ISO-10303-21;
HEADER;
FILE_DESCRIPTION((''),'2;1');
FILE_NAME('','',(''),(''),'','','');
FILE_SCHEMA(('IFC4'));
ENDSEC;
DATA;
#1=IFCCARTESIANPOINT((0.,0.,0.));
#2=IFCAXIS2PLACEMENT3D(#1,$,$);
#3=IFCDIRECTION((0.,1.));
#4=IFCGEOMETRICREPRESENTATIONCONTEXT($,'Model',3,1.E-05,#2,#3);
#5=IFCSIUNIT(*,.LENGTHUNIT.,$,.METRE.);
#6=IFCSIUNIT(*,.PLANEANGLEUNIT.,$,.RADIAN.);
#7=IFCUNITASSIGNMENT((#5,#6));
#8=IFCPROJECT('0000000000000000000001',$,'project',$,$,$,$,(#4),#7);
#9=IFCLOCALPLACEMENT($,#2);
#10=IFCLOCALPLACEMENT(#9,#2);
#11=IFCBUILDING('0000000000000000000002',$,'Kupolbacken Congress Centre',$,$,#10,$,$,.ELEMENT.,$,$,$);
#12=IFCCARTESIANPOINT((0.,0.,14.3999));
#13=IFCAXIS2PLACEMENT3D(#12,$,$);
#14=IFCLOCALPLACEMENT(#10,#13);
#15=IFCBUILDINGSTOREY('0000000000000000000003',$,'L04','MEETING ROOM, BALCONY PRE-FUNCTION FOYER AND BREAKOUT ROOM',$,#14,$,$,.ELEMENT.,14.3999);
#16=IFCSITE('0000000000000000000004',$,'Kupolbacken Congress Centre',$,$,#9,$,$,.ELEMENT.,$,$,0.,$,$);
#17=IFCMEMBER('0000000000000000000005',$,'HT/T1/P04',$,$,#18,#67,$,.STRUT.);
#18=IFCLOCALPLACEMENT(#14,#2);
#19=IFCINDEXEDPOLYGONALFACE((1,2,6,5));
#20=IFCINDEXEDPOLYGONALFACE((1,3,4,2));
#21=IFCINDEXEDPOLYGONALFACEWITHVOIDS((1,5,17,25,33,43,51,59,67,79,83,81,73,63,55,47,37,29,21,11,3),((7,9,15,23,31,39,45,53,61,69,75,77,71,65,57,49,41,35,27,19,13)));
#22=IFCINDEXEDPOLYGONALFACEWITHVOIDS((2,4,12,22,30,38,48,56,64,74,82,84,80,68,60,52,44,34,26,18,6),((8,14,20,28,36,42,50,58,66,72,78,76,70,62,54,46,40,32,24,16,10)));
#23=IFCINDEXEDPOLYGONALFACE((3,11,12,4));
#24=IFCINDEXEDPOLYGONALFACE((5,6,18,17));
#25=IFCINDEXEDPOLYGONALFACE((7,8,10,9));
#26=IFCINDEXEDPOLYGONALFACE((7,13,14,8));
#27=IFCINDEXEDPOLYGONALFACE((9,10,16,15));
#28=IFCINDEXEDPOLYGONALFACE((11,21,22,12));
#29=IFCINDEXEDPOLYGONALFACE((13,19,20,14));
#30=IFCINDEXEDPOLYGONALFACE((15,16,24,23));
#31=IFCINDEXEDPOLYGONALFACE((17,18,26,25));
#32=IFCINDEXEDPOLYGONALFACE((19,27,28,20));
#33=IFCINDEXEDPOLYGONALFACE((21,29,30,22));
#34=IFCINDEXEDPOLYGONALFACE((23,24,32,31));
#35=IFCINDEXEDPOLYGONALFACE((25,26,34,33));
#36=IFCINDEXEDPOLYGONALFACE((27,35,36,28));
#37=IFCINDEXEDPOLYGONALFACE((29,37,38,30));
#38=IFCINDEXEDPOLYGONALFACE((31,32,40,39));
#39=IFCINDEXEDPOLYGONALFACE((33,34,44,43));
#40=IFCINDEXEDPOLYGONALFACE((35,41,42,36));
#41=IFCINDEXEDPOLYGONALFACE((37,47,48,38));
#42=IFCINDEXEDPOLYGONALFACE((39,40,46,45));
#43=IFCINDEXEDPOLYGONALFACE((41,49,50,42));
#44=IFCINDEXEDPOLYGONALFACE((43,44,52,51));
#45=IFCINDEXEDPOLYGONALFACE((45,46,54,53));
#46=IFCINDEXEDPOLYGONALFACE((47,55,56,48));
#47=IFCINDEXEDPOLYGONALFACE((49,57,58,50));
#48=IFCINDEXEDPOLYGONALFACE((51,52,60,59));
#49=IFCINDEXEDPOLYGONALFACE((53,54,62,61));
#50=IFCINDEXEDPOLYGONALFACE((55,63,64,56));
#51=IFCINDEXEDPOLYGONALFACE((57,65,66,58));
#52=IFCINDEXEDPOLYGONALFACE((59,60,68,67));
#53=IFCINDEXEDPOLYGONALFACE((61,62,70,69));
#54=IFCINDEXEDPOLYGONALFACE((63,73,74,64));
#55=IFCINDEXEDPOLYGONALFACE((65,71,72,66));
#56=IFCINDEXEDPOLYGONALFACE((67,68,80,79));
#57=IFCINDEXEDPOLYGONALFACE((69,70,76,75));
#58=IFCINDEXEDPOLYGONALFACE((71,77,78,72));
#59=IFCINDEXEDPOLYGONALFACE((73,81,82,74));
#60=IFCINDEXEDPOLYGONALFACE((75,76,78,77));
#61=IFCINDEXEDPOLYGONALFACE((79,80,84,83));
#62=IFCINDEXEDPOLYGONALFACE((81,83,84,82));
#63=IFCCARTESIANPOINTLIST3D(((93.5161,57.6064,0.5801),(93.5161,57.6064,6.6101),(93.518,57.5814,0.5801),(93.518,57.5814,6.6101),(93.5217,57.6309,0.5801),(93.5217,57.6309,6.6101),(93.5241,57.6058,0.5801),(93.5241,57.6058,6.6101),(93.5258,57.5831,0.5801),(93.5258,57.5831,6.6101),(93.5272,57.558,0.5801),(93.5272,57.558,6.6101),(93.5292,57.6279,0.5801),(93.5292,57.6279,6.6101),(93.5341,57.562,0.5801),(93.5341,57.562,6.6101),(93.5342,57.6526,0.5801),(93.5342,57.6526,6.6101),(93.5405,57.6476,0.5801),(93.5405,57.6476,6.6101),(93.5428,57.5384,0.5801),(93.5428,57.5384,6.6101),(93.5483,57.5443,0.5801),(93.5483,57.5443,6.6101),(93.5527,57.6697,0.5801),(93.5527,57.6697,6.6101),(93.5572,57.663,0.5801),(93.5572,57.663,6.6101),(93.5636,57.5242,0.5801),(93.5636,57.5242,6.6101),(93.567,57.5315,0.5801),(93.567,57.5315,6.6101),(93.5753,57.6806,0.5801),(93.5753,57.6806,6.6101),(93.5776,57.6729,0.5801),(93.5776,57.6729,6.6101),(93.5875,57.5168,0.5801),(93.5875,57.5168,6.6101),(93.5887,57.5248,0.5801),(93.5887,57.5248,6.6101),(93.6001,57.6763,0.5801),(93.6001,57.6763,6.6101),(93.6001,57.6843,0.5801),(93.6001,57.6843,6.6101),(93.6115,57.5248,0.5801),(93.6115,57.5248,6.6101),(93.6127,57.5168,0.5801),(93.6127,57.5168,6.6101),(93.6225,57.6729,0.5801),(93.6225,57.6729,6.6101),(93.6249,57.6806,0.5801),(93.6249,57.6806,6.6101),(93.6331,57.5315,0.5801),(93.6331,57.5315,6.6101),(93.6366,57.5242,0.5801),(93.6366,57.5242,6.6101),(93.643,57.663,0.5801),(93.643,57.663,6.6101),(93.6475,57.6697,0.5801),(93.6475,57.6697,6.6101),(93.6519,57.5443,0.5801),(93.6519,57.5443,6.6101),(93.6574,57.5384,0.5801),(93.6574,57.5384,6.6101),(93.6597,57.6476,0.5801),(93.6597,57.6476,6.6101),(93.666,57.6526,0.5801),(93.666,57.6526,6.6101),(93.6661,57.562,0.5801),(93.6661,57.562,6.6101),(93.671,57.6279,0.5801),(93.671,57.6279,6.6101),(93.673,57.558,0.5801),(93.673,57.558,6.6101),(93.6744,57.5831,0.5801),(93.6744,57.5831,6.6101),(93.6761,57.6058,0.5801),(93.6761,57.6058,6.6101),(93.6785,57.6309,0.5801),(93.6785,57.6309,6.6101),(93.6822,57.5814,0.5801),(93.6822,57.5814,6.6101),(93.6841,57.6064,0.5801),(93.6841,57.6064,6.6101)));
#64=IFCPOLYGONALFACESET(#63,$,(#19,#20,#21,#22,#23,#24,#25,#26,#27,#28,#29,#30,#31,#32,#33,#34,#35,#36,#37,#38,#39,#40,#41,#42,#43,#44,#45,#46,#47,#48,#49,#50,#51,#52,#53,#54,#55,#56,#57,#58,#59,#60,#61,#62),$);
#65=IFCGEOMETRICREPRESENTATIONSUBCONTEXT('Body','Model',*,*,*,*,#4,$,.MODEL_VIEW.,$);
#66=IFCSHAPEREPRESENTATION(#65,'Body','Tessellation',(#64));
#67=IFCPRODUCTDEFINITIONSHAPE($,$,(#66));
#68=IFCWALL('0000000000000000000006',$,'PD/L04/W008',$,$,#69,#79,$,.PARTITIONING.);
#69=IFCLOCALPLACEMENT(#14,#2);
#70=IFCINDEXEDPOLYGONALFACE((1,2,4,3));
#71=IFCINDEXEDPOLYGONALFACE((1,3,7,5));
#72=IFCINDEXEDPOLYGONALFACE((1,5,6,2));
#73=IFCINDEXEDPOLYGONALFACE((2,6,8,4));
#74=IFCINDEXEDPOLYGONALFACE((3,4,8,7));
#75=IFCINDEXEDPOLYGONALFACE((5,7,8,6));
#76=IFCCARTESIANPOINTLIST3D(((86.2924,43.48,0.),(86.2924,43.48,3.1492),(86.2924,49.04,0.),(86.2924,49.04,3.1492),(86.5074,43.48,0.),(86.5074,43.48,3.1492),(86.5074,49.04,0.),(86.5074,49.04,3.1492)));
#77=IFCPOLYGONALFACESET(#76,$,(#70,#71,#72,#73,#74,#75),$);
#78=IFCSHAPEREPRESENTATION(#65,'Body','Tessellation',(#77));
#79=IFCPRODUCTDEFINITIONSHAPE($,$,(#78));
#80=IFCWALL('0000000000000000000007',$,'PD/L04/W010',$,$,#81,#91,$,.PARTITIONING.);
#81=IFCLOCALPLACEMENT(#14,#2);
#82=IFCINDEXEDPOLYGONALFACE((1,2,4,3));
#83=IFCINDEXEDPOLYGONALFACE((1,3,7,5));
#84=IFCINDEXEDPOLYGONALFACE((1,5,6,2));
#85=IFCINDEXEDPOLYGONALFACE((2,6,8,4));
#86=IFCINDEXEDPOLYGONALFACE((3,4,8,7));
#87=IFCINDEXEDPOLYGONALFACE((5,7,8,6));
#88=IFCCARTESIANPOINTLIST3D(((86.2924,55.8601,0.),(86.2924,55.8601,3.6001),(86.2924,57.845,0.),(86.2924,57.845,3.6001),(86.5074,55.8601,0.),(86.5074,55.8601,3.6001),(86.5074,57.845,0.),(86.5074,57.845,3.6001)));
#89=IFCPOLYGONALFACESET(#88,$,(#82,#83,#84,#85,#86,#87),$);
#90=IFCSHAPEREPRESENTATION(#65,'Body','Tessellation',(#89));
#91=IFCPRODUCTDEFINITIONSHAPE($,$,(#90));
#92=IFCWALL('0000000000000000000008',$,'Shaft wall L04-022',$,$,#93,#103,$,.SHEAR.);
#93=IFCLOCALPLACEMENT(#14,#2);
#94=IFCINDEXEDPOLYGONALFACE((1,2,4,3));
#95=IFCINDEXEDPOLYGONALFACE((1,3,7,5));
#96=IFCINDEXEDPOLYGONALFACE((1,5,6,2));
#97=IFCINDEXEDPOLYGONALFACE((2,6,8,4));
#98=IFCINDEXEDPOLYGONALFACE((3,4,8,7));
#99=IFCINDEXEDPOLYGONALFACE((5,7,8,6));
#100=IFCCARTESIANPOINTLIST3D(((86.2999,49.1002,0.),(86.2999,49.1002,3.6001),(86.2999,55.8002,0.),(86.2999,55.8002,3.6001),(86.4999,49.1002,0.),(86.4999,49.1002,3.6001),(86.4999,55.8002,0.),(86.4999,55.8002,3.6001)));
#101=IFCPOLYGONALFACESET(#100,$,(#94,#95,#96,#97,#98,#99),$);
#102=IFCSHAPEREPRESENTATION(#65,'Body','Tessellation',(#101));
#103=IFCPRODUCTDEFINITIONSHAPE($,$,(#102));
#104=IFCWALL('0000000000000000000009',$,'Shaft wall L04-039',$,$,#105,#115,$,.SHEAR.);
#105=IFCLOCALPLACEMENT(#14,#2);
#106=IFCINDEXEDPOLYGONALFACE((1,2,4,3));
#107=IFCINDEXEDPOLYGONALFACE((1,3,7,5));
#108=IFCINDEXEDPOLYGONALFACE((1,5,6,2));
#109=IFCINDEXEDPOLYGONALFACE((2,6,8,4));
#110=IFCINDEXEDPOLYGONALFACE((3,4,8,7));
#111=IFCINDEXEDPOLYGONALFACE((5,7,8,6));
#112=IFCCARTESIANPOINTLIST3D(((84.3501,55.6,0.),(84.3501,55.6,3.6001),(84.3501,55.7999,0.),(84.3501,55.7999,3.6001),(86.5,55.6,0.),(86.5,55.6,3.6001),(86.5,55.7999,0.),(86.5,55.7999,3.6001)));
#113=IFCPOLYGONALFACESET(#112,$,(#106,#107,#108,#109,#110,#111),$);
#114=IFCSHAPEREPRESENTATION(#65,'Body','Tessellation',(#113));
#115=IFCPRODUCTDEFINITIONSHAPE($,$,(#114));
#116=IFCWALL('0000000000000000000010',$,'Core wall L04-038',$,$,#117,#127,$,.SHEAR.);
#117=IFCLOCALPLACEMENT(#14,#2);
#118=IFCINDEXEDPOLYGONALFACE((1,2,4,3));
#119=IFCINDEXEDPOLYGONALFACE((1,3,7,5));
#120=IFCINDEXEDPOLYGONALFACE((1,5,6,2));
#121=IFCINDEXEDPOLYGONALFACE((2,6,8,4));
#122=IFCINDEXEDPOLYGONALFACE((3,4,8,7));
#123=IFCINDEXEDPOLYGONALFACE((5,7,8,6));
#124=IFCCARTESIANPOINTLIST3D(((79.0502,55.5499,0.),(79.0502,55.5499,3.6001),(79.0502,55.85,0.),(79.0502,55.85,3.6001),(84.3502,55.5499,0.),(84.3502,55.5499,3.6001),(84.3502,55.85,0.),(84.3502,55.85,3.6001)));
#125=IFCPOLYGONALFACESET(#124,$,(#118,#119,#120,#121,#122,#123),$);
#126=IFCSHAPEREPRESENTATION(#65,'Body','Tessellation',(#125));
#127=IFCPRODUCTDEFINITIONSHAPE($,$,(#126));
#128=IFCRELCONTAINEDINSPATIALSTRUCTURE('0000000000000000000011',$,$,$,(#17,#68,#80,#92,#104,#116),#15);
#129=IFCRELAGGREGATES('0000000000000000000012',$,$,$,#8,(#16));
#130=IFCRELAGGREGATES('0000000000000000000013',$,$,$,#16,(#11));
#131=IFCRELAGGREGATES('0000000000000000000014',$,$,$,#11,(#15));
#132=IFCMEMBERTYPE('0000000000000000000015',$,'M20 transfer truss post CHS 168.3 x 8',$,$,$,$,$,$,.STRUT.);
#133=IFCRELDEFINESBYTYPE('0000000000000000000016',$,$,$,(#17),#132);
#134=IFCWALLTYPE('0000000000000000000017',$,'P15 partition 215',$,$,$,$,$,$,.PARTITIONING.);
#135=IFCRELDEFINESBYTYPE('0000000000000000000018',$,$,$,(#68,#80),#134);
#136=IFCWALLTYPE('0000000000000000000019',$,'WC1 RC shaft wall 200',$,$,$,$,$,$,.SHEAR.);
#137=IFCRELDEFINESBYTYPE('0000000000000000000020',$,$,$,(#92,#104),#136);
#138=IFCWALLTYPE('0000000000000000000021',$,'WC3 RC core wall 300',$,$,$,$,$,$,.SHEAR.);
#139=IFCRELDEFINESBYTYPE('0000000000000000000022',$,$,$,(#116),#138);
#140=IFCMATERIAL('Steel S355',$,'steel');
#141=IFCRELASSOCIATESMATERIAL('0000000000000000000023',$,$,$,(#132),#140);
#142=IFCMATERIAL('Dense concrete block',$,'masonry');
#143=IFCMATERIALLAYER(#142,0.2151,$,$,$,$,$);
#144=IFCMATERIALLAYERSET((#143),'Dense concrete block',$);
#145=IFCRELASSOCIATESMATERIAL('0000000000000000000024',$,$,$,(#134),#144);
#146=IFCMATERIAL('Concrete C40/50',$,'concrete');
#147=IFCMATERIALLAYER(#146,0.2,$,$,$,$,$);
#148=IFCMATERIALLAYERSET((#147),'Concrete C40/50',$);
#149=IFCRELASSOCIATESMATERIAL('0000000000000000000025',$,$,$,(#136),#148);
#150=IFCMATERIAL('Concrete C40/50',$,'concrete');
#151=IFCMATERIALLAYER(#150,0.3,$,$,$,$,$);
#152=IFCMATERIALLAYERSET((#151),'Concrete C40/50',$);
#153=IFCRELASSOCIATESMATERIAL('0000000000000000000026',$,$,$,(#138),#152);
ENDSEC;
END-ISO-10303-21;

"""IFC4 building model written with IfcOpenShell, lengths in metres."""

from ifc_helpers import new_model, si_unit, direction, frame, frame_2d, origin, origin_2d, place, context, subcontext, project, spatial, rectangle, hollow_circle, extrude, material, layer, layer_set, material_profile, profile_set, type_object, element, save


model = new_model("IFC4")

# Units and contexts
model_context = context("Model", 3, precision=1e-05, world=origin(), true_north=direction((0.0, 1.0)))
body_context = subcontext(model_context, "Body", "Model", "MODEL_VIEW")
ifc_project = project(units=[si_unit("LENGTHUNIT", "METRE"), si_unit("PLANEANGLEUNIT", "RADIAN")], contexts=[model_context])

# Site, building, storey
site_placement = place(None, origin())
site = spatial("IfcSite", under=ifc_project, at=site_placement, Name="Kupolbacken Congress Centre", CompositionType="ELEMENT", RefElevation=0.0)
building_placement = place(site_placement, origin())
building = spatial("IfcBuilding", under=site, at=building_placement, Name="Kupolbacken Congress Centre", CompositionType="ELEMENT")
storey_placement = place(building_placement, frame((0.0, 0.0, 14.3999)))
storey = spatial("IfcBuildingStorey", under=building, at=storey_placement, Name="L04", Description="MEETING ROOM, BALCONY PRE-FUNCTION FOYER AND BREAKOUT ROOM", CompositionType="ELEMENT", Elevation=14.3999)

# Member
ifc_material_1 = material(Name="Steel S355", Category="steel")
ifc_material_profile_1 = material_profile(ifc_material_1, hollow_circle(Radius=0.0842, WallThickness=0.0081, at=origin_2d()), Name="CHS 168.3 x 8")
ifc_profile_set_1 = profile_set([ifc_material_profile_1], Name="Steel S355")
member_type_1 = type_object("IfcMemberType", Name="M20 transfer truss post CHS 168.3 x 8", PredefinedType="STRUT", material=ifc_profile_set_1)
member_1_placement = place(storey_placement, frame((93.6001, 57.6001, 0.5801), z_axis=(0.0, 0.0, 1.0), x_axis=(0.0, 1.0, 0.0)))
element("IfcMember", 1, at=member_1_placement, inside=storey, type_object=member_type_1, Name="HT/T1/P04", PredefinedType="STRUT", context=body_context, shape_type="SweptSolid", body=[
    extrude(hollow_circle(Radius=0.0842, WallThickness=0.0081, at=origin_2d()), origin(), (0.0, 0.0, 1.0), 6.03),
])

# Walls
ifc_material_2 = material(Name="Dense concrete block", Category="masonry")
ifc_layer_1 = layer(ifc_material_2, 0.2151)
ifc_layer_set_1 = layer_set([ifc_layer_1], Name="Dense concrete block")
wall_type_1 = type_object("IfcWallType", Name="P15 partition 215", PredefinedType="PARTITIONING", material=ifc_layer_set_1)
wall_1_placement = place(storey_placement, frame((86.3999, 43.48, 0.0), z_axis=(0.0, 0.0, 1.0), x_axis=(0.0, 1.0, 0.0)))
element("IfcWall", 2, at=wall_1_placement, inside=storey, type_object=wall_type_1, Name="PD/L04/W008", PredefinedType="PARTITIONING", context=body_context, shape_type="SweptSolid", body=[
    extrude(rectangle(XDim=5.5601, YDim=0.2151, at=frame_2d((2.78, 0.0))), origin(), (0.0, 0.0, 1.0), 3.1492),
])
wall_2_placement = place(storey_placement, frame((86.3999, 55.8601, 0.0), z_axis=(0.0, 0.0, 1.0), x_axis=(0.0, 1.0, 0.0)))
element("IfcWall", 3, at=wall_2_placement, inside=storey, type_object=wall_type_1, Name="PD/L04/W010", PredefinedType="PARTITIONING", context=body_context, shape_type="SweptSolid", body=[
    extrude(rectangle(XDim=1.9849, YDim=0.2151, at=frame_2d((0.9924, 0.0))), origin(), (0.0, 0.0, 1.0), 3.6001),
])
ifc_material_3 = material(Name="Concrete C40/50", Category="concrete")
ifc_layer_2 = layer(ifc_material_3, 0.2)
ifc_layer_set_2 = layer_set([ifc_layer_2], Name="Concrete C40/50")
wall_type_2 = type_object("IfcWallType", Name="WC1 RC shaft wall 200", PredefinedType="SHEAR", material=ifc_layer_set_2)
wall_3_placement = place(storey_placement, frame((86.3999, 49.1001, 0.0), z_axis=(0.0, 0.0, 1.0), x_axis=(0.0, 1.0, 0.0)))
element("IfcWall", 4, at=wall_3_placement, inside=storey, type_object=wall_type_2, Name="Shaft wall L04-022", PredefinedType="SHEAR", context=body_context, shape_type="SweptSolid", body=[
    extrude(rectangle(XDim=6.7, YDim=0.2, at=frame_2d((3.3501, 0.0))), origin(), (0.0, 0.0, 1.0), 3.6001),
])
wall_4_placement = place(storey_placement, frame((86.5, 55.7, 0.0), z_axis=(0.0, 0.0, 1.0), x_axis=(-1.0, 0.0, 0.0)))
element("IfcWall", 5, at=wall_4_placement, inside=storey, type_object=wall_type_2, Name="Shaft wall L04-039", PredefinedType="SHEAR", context=body_context, shape_type="SweptSolid", body=[
    extrude(rectangle(XDim=2.1499, YDim=0.2, at=frame_2d((1.075, 0.0))), origin(), (0.0, 0.0, 1.0), 3.6001),
])
ifc_material_4 = material(Name="Concrete C40/50", Category="concrete")
ifc_layer_3 = layer(ifc_material_4, 0.3)
ifc_layer_set_3 = layer_set([ifc_layer_3], Name="Concrete C40/50")
wall_type_3 = type_object("IfcWallType", Name="WC3 RC core wall 300", PredefinedType="SHEAR", material=ifc_layer_set_3)
wall_5_placement = place(storey_placement, frame((84.3501, 55.7, 0.0), z_axis=(0.0, 0.0, 1.0), x_axis=(-1.0, 0.0, 0.0)))
element("IfcWall", 6, at=wall_5_placement, inside=storey, type_object=wall_type_3, Name="Core wall L04-038", PredefinedType="SHEAR", context=body_context, shape_type="SweptSolid", body=[
    extrude(rectangle(XDim=5.3, YDim=0.3, at=frame_2d((2.6499, 0.0))), origin(), (0.0, 0.0, 1.0), 3.6001),
])

save(model, "model.ifc")
